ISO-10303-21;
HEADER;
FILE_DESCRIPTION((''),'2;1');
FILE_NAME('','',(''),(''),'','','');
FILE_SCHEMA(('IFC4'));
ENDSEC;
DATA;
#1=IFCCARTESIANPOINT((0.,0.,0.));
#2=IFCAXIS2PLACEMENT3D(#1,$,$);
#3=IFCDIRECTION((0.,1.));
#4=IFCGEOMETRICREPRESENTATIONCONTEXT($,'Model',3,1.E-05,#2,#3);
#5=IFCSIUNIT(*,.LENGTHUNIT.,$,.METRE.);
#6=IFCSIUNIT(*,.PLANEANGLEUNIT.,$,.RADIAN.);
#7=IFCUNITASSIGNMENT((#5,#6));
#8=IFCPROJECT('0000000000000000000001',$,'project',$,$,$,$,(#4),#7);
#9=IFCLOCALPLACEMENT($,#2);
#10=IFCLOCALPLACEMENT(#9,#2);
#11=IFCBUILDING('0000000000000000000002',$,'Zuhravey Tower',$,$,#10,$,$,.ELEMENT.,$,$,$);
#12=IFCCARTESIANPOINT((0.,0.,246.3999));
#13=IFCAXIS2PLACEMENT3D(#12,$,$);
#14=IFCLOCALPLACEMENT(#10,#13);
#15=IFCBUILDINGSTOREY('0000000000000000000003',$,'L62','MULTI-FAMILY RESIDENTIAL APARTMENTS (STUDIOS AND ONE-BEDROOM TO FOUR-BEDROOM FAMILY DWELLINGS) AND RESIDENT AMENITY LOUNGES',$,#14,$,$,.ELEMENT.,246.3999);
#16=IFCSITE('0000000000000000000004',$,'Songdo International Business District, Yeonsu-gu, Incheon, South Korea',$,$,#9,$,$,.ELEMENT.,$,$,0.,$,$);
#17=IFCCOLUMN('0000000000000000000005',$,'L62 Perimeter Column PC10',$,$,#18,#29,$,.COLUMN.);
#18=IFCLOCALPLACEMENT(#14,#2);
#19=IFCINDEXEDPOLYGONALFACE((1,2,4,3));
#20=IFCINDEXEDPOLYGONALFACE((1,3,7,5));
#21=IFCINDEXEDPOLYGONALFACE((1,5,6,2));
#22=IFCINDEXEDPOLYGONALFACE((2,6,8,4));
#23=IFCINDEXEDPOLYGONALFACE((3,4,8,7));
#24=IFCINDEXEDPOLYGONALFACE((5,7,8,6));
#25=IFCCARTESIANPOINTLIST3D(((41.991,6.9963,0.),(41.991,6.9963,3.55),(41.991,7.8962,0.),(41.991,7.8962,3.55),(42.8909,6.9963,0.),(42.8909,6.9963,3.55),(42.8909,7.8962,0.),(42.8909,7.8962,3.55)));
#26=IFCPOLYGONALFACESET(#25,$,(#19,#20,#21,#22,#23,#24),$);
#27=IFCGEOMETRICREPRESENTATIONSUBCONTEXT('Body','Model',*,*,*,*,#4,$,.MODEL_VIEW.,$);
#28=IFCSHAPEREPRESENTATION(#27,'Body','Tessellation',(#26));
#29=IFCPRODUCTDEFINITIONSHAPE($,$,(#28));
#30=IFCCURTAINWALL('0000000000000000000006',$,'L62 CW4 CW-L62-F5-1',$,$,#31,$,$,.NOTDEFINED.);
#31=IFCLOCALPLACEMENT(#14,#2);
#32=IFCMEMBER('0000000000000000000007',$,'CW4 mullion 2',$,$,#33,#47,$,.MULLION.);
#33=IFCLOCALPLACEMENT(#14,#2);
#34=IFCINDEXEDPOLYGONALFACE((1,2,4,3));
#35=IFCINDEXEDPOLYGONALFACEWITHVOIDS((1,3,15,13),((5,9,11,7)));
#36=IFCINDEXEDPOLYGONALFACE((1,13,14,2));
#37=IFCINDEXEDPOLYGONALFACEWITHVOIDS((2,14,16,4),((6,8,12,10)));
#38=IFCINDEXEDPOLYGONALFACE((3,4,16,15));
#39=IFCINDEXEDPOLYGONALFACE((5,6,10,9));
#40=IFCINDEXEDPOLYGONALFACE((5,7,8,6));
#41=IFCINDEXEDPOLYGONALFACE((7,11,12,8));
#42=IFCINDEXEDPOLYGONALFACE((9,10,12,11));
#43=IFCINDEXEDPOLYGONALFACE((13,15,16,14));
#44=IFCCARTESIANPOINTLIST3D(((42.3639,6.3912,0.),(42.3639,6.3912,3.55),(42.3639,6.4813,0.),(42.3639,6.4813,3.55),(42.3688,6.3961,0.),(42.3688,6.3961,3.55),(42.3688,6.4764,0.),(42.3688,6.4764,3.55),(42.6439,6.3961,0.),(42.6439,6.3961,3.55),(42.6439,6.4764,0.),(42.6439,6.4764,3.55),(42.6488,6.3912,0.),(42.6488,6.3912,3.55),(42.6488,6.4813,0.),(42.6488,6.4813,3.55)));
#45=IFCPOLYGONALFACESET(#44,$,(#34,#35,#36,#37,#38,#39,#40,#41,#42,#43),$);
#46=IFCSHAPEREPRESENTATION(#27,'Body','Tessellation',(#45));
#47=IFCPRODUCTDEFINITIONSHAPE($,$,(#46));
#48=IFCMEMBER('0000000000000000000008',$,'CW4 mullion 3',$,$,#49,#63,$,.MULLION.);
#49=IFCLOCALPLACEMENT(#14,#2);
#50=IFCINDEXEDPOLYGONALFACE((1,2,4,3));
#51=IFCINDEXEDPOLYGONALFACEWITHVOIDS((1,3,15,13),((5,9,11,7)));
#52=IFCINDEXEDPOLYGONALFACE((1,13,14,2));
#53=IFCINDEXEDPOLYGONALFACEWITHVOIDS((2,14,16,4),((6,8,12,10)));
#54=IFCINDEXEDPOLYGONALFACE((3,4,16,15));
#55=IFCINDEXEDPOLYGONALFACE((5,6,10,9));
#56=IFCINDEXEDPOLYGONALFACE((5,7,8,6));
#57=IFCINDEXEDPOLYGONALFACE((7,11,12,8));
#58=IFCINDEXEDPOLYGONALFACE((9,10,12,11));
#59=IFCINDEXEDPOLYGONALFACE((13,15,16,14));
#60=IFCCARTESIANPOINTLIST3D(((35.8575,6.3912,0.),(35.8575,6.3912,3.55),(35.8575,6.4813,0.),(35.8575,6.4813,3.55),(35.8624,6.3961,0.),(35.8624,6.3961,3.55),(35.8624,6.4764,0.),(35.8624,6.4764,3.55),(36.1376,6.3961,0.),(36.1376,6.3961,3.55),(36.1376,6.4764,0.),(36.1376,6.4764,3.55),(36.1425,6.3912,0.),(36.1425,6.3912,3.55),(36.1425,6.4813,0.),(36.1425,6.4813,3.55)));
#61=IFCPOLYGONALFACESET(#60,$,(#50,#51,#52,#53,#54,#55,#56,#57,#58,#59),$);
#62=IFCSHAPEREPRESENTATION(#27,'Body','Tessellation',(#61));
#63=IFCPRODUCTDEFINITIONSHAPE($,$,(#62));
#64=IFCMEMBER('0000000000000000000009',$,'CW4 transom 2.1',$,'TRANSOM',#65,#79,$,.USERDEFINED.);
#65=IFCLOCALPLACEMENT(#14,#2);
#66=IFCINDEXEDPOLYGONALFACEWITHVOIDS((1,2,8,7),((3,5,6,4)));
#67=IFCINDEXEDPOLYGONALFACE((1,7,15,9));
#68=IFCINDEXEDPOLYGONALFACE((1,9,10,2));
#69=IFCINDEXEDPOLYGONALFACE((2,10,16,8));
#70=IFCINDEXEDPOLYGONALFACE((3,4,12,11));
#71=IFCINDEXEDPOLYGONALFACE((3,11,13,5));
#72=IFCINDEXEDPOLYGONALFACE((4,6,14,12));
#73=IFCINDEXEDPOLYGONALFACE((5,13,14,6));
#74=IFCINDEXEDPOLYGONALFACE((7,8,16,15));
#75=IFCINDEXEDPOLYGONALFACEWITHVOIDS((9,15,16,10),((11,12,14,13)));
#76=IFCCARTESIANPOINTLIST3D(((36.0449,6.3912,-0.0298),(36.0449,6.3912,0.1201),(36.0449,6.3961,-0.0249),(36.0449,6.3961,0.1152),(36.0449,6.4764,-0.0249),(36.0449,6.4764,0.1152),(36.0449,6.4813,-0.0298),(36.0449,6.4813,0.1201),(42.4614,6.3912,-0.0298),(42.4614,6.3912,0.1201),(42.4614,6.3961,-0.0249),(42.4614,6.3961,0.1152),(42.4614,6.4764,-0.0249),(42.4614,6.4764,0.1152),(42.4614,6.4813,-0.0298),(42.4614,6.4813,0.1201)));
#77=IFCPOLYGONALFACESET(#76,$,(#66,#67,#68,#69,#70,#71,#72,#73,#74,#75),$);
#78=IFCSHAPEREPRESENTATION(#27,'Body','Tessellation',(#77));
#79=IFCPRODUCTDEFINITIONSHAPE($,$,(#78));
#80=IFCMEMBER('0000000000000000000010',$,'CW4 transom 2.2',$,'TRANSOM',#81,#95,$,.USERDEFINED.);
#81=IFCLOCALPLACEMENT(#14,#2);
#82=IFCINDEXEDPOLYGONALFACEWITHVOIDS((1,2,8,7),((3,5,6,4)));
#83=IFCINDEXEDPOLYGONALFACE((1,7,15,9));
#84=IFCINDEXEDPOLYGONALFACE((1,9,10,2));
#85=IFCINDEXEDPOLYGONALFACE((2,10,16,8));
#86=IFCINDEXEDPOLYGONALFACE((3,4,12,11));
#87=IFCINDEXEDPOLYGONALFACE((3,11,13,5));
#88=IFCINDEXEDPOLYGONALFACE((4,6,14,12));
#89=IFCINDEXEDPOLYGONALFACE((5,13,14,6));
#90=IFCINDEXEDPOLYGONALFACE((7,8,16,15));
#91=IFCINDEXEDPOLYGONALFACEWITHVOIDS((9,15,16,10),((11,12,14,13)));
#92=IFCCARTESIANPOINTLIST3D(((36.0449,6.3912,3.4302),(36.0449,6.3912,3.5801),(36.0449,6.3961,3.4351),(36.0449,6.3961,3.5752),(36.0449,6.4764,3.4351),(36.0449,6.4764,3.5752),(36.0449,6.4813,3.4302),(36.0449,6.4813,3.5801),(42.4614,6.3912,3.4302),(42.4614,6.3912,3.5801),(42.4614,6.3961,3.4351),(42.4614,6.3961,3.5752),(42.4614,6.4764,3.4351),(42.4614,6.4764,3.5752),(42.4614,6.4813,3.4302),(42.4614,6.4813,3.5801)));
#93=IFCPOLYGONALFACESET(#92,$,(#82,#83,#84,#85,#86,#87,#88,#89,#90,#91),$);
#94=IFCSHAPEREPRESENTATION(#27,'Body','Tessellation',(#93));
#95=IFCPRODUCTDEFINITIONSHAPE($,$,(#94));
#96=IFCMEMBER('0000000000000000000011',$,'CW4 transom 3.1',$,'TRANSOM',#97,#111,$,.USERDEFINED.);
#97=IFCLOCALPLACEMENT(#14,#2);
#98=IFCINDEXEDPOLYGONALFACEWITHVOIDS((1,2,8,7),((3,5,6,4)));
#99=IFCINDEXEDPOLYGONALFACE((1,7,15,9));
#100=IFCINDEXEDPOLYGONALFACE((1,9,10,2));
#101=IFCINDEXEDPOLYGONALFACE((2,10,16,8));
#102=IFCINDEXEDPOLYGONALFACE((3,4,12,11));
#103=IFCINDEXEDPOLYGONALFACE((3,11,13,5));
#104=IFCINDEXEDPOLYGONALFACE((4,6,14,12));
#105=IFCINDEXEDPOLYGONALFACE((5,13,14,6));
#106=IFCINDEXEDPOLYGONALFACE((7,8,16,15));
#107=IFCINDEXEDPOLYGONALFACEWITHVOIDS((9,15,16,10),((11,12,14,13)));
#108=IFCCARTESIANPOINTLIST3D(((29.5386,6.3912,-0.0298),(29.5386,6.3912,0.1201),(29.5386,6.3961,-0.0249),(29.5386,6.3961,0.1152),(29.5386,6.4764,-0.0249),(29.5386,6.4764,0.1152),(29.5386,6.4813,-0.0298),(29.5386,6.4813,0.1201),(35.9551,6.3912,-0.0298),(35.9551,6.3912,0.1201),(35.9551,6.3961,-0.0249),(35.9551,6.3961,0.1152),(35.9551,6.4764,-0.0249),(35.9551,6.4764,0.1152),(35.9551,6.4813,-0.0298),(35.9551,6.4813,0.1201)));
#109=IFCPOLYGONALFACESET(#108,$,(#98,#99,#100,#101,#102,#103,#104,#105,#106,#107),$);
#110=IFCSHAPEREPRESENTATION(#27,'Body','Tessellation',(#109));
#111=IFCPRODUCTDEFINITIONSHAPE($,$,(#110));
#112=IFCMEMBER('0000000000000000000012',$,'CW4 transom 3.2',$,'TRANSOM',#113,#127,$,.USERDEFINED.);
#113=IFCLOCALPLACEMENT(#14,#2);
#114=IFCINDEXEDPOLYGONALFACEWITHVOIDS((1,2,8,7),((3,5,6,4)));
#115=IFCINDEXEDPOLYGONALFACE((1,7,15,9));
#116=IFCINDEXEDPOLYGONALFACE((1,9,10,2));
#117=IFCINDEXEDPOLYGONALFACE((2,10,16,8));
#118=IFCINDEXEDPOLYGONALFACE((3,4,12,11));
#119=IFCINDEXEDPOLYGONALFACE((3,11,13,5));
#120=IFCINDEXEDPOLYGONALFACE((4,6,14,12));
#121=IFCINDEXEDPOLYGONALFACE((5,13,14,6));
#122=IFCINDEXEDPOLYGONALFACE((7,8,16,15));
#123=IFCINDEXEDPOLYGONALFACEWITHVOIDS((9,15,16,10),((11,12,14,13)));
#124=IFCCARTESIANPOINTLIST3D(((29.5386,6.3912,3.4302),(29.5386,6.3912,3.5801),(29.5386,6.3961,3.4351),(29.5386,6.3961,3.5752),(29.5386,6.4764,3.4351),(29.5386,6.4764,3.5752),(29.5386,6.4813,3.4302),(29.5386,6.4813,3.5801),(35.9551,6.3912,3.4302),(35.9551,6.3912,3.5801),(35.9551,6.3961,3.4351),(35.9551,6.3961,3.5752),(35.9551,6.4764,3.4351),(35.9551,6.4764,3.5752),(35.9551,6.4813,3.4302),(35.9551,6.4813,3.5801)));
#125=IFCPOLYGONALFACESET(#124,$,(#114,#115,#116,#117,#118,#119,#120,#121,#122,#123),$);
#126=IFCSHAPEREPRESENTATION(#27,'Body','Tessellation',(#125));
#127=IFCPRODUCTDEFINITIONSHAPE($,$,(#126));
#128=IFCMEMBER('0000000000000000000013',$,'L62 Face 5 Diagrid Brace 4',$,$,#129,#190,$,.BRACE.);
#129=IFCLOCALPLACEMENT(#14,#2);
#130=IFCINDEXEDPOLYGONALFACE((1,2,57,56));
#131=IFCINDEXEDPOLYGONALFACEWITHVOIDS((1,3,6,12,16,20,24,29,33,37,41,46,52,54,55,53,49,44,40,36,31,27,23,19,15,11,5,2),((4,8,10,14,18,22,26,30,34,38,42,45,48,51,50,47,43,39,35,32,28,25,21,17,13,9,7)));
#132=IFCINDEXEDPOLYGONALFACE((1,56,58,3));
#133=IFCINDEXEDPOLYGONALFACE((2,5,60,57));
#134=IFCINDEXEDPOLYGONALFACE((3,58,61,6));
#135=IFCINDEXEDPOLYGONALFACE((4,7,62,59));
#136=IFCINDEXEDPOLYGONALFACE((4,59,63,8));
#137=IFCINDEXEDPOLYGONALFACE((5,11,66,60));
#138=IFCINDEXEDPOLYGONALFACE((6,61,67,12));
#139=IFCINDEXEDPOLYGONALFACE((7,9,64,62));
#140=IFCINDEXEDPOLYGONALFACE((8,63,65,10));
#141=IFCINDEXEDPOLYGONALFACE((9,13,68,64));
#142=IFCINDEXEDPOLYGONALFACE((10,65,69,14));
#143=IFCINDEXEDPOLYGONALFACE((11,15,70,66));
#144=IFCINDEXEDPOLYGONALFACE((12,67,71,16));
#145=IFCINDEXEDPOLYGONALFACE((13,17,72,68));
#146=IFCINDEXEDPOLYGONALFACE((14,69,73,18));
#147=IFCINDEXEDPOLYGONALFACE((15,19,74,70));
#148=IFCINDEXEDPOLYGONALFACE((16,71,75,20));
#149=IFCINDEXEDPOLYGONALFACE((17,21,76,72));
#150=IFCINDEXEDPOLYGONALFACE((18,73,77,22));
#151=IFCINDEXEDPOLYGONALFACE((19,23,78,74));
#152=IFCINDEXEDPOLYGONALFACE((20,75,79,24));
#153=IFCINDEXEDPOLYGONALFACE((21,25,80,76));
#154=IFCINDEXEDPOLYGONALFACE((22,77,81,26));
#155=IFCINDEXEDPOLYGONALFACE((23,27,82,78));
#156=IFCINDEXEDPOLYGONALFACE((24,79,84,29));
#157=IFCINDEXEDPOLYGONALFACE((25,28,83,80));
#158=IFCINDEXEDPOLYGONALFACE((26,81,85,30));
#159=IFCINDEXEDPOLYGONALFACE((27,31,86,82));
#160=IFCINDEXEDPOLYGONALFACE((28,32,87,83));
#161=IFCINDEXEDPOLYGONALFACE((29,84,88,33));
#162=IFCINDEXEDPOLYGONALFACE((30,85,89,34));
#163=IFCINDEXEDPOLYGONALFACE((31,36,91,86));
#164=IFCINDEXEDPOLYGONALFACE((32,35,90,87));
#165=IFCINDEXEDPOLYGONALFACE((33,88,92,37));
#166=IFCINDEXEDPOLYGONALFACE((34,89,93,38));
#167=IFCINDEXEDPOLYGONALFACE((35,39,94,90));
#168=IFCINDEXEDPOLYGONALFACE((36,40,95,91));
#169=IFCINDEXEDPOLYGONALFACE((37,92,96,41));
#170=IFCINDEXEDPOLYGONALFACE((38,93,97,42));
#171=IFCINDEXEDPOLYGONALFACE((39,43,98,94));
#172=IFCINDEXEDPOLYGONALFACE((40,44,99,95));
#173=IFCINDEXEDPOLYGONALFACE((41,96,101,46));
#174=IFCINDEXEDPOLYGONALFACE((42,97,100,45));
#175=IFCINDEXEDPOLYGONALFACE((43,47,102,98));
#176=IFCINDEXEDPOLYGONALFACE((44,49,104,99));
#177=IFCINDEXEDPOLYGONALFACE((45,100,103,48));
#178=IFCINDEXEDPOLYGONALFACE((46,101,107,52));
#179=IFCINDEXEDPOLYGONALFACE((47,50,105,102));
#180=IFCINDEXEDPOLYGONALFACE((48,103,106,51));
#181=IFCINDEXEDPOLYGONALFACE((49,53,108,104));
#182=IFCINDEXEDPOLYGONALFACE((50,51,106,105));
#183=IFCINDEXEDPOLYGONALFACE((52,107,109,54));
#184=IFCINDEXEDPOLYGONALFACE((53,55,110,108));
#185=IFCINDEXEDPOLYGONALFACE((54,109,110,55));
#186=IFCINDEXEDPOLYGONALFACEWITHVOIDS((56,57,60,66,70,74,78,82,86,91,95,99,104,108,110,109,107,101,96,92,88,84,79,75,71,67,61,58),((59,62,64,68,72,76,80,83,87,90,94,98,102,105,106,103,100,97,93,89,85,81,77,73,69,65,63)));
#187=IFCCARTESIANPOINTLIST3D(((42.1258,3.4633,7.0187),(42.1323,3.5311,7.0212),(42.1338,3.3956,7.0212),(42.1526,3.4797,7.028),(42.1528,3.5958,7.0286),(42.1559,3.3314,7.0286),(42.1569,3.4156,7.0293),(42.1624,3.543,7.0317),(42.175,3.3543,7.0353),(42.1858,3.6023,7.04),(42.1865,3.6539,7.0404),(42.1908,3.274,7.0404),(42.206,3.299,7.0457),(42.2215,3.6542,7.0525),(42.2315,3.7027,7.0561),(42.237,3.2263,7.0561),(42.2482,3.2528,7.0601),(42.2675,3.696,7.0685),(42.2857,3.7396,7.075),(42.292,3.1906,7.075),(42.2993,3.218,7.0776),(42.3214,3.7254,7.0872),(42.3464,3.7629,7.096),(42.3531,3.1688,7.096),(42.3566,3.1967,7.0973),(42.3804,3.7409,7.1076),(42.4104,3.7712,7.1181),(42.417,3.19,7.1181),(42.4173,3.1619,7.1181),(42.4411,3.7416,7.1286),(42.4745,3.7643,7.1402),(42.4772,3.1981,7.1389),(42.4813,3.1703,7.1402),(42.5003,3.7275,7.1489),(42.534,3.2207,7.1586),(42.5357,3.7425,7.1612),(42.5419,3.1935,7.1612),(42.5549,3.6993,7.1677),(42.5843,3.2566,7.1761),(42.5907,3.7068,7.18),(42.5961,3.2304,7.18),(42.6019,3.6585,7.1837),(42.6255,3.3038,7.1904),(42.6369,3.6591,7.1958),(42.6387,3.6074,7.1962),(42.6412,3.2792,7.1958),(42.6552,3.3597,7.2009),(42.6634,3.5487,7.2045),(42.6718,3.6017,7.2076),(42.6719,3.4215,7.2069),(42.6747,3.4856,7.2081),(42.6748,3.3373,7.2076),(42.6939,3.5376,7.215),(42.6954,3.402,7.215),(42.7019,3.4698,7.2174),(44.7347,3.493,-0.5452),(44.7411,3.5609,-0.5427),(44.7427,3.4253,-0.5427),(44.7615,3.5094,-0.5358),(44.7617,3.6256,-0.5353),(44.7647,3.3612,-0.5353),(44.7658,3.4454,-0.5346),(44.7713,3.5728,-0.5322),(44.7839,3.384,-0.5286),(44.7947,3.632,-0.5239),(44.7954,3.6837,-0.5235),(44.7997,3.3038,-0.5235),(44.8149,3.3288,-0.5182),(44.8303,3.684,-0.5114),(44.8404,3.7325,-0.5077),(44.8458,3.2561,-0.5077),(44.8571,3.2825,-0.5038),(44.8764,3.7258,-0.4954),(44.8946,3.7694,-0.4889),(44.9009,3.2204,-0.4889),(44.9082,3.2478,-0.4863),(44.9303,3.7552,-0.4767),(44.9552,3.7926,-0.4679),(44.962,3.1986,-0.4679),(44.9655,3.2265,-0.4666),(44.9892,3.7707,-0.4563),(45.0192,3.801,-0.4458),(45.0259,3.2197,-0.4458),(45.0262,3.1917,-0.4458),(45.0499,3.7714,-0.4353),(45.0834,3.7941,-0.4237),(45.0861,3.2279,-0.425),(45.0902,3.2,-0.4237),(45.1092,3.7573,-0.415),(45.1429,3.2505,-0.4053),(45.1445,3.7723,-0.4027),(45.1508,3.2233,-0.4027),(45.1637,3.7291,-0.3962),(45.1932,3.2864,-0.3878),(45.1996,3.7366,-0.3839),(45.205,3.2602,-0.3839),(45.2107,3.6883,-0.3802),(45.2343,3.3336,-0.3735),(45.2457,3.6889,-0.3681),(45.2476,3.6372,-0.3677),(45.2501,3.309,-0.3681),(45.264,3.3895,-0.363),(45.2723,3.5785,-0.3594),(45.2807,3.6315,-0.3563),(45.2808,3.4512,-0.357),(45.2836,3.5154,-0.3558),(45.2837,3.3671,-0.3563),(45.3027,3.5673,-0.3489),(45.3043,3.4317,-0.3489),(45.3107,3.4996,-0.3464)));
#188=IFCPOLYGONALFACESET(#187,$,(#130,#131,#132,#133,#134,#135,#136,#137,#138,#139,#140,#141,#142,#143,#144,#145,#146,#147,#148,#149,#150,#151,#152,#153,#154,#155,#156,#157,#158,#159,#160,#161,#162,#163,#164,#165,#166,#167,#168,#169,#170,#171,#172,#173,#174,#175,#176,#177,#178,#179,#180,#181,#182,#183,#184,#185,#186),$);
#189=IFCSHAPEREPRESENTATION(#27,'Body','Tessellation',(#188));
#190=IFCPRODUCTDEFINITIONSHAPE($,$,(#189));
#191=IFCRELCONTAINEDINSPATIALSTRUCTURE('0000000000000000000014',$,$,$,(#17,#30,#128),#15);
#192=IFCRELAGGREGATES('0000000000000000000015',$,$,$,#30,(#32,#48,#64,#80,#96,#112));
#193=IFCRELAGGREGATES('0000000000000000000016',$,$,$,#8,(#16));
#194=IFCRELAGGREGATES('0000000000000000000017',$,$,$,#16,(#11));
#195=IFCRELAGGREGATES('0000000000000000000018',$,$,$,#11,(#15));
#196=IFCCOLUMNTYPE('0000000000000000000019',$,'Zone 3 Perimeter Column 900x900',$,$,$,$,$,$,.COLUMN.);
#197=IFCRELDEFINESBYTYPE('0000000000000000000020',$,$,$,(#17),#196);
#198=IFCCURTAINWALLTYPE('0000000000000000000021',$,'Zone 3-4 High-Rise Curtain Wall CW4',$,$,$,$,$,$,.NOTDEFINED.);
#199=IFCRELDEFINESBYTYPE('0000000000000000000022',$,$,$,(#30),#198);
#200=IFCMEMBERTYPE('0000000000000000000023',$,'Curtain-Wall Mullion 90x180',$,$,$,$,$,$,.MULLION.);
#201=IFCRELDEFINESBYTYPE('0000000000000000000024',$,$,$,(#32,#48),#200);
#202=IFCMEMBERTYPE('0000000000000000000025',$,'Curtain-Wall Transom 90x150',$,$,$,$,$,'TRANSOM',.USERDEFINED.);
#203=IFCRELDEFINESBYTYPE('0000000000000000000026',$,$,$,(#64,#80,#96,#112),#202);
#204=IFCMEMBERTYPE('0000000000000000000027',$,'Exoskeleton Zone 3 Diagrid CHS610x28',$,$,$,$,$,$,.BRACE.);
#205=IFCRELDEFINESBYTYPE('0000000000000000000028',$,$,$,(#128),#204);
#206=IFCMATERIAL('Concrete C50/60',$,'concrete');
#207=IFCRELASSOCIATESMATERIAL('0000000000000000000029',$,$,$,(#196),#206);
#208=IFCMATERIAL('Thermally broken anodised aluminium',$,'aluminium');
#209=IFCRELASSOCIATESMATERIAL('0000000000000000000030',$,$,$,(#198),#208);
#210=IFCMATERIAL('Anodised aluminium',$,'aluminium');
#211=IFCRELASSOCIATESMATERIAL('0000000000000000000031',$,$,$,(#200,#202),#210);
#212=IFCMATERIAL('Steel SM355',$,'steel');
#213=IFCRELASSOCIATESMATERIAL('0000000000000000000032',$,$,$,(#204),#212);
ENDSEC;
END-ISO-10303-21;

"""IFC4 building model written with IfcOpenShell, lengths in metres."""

from ifc_helpers import new_model, si_unit, direction, frame, origin, origin_2d, place, context, subcontext, project, spatial, rectangle, hollow_rectangle, hollow_circle, extrude, material, material_profile, profile_set, type_object, element, aggregate, save


model = new_model("IFC4")

# Units and contexts
model_context = context("Model", 3, precision=1e-05, world=origin(), true_north=direction((0.0, 1.0)))
body_context = subcontext(model_context, "Body", "Model", "MODEL_VIEW")
ifc_project = project(units=[si_unit("LENGTHUNIT", "METRE"), si_unit("PLANEANGLEUNIT", "RADIAN")], contexts=[model_context])

# Site, building, storey
site_placement = place(None, origin())
site = spatial("IfcSite", under=ifc_project, at=site_placement, Name="Songdo International Business District, Yeonsu-gu, Incheon, South Korea", CompositionType="ELEMENT", RefElevation=0.0)
building_placement = place(site_placement, origin())
building = spatial("IfcBuilding", under=site, at=building_placement, Name="Zuhravey Tower", CompositionType="ELEMENT")
storey_placement = place(building_placement, frame((0.0, 0.0, 246.3999)))
storey = spatial("IfcBuildingStorey", under=building, at=storey_placement, Name="L62", Description="MULTI-FAMILY RESIDENTIAL APARTMENTS (STUDIOS AND ONE-BEDROOM TO FOUR-BEDROOM FAMILY DWELLINGS) AND RESIDENT AMENITY LOUNGES", CompositionType="ELEMENT", Elevation=246.3999)

# Column
ifc_material_1 = material(Name="Concrete C50/60", Category="concrete")
ifc_material_profile_1 = material_profile(ifc_material_1, rectangle(XDim=0.8999, YDim=0.8999, at=origin_2d()), Name="RC-900x900")
ifc_profile_set_1 = profile_set([ifc_material_profile_1], Name="Concrete C50/60")
column_type = type_object("IfcColumnType", Name="Zone 3 Perimeter Column 900x900", PredefinedType="COLUMN", material=ifc_profile_set_1)
column_placement = place(storey_placement, frame((42.4409, 7.4463, 0.0), z_axis=(0.0, 0.0, 1.0), x_axis=(1.0, 0.0, 0.0)))
element("IfcColumn", 1, at=column_placement, inside=storey, type_object=column_type, Name="L62 Perimeter Column PC10", PredefinedType="COLUMN", context=body_context, shape_type="SweptSolid", body=[
    extrude(rectangle(XDim=0.8999, YDim=0.8999, at=origin_2d()), origin(), (0.0, 0.0, 1.0), 3.55),
])

# Curtain wall, members
ifc_material_2 = material(Name="Thermally broken anodised aluminium", Category="aluminium")
curtain_wall_type = type_object("IfcCurtainWallType", Name="Zone 3-4 High-Rise Curtain Wall CW4", PredefinedType="NOTDEFINED", material=ifc_material_2)
curtain_wall_placement = place(storey_placement, origin())
curtain_wall = element("IfcCurtainWall", 2, at=curtain_wall_placement, inside=storey, type_object=curtain_wall_type, Name="L62 CW4 CW-L62-F5-1", PredefinedType="NOTDEFINED")
ifc_material_3 = material(Name="Anodised aluminium", Category="aluminium")
ifc_material_profile_2 = material_profile(ifc_material_3, hollow_rectangle(XDim=0.0901, YDim=0.2849, WallThickness=0.0049, at=origin_2d()), Name="ALU-RHS-90x285x5")
ifc_profile_set_2 = profile_set([ifc_material_profile_2], Name="Anodised aluminium")
member_type_1 = type_object("IfcMemberType", Name="Curtain-Wall Mullion 90x180", PredefinedType="MULLION", material=ifc_profile_set_2)
member_1_placement = place(storey_placement, frame((42.5063, 6.4363, 0.0), z_axis=(0.0, 0.0, 1.0), x_axis=(0.0, -1.0, 0.0)))
member_1 = element("IfcMember", 3, at=member_1_placement, type_object=member_type_1, Name="CW4 mullion 2", PredefinedType="MULLION", context=body_context, shape_type="SweptSolid", body=[
    extrude(hollow_rectangle(XDim=0.0901, YDim=0.2849, WallThickness=0.0049, at=origin_2d()), origin(), (0.0, 0.0, 1.0), 3.55),
])
member_2_placement = place(storey_placement, frame((36.0, 6.4363, 0.0), z_axis=(0.0, 0.0, 1.0), x_axis=(0.0, -1.0, 0.0)))
member_2 = element("IfcMember", 4, at=member_2_placement, type_object=member_type_1, Name="CW4 mullion 3", PredefinedType="MULLION", context=body_context, shape_type="SweptSolid", body=[
    extrude(hollow_rectangle(XDim=0.0901, YDim=0.2849, WallThickness=0.0049, at=origin_2d()), origin(), (0.0, 0.0, 1.0), 3.55),
])
ifc_material_profile_3 = material_profile(ifc_material_3, hollow_rectangle(XDim=0.0901, YDim=0.1499, WallThickness=0.0049, at=origin_2d()), Name="ALU-RHS-90x150x5")
ifc_profile_set_3 = profile_set([ifc_material_profile_3], Name="Anodised aluminium")
member_type_2 = type_object("IfcMemberType", Name="Curtain-Wall Transom 90x150", ElementType="TRANSOM", PredefinedType="USERDEFINED", material=ifc_profile_set_3)
member_3_placement = place(storey_placement, frame((42.4614, 6.4363, 0.0452), z_axis=(-1.0, 0.0, 0.0), x_axis=(0.0, -1.0, 0.0)))
member_3 = element("IfcMember", 5, at=member_3_placement, type_object=member_type_2, Name="CW4 transom 2.1", ObjectType="TRANSOM", PredefinedType="USERDEFINED", context=body_context, shape_type="SweptSolid", body=[
    extrude(hollow_rectangle(XDim=0.0901, YDim=0.1499, WallThickness=0.0049, at=origin_2d()), origin(), (0.0, 0.0, 1.0), 6.4165),
])
member_4_placement = place(storey_placement, frame((42.4614, 6.4363, 3.5051), z_axis=(-1.0, 0.0, 0.0), x_axis=(0.0, -1.0, 0.0)))
member_4 = element("IfcMember", 6, at=member_4_placement, type_object=member_type_2, Name="CW4 transom 2.2", ObjectType="TRANSOM", PredefinedType="USERDEFINED", context=body_context, shape_type="SweptSolid", body=[
    extrude(hollow_rectangle(XDim=0.0901, YDim=0.1499, WallThickness=0.0049, at=origin_2d()), origin(), (0.0, 0.0, 1.0), 6.4165),
])
member_5_placement = place(storey_placement, frame((35.9551, 6.4363, 0.0452), z_axis=(-1.0, 0.0, 0.0), x_axis=(0.0, -1.0, 0.0)))
member_5 = element("IfcMember", 7, at=member_5_placement, type_object=member_type_2, Name="CW4 transom 3.1", ObjectType="TRANSOM", PredefinedType="USERDEFINED", context=body_context, shape_type="SweptSolid", body=[
    extrude(hollow_rectangle(XDim=0.0901, YDim=0.1499, WallThickness=0.0049, at=origin_2d()), origin(), (0.0, 0.0, 1.0), 6.4165),
])
member_6_placement = place(storey_placement, frame((35.9551, 6.4363, 3.5051), z_axis=(-1.0, 0.0, 0.0), x_axis=(0.0, -1.0, 0.0)))
member_6 = element("IfcMember", 8, at=member_6_placement, type_object=member_type_2, Name="CW4 transom 3.2", ObjectType="TRANSOM", PredefinedType="USERDEFINED", context=body_context, shape_type="SweptSolid", body=[
    extrude(hollow_rectangle(XDim=0.0901, YDim=0.1499, WallThickness=0.0049, at=origin_2d()), origin(), (0.0, 0.0, 1.0), 6.4165),
])

# Member
ifc_material_4 = material(Name="Steel SM355", Category="steel")
ifc_material_profile_4 = material_profile(ifc_material_4, hollow_circle(Radius=0.3047, WallThickness=0.0281, at=origin_2d()), Name="CHS-609.6x28")
ifc_profile_set_4 = profile_set([ifc_material_profile_4], Name="Steel SM355")
member_type_3 = type_object("IfcMemberType", Name="Exoskeleton Zone 3 Diagrid CHS610x28", PredefinedType="BRACE", material=ifc_profile_set_4)
member_7_placement = place(storey_placement, frame((45.0227, 3.4963, -0.4458), z_axis=(-0.326058, -0.003723, 0.945342), x_axis=(0.011416, -0.999935, 0.0)))
element("IfcMember", 9, at=member_7_placement, inside=storey, type_object=member_type_3, Name="L62 Face 5 Diagrid Brace 4", PredefinedType="BRACE", context=body_context, shape_type="SweptSolid", body=[
    extrude(hollow_circle(Radius=0.3047, WallThickness=0.0281, at=origin_2d()), origin(), (0.0, 0.0, 1.0), 8.0012),
])

aggregate(curtain_wall, [member_1, member_2, member_3, member_4, member_5, member_6])

save(model, "model.ifc")
